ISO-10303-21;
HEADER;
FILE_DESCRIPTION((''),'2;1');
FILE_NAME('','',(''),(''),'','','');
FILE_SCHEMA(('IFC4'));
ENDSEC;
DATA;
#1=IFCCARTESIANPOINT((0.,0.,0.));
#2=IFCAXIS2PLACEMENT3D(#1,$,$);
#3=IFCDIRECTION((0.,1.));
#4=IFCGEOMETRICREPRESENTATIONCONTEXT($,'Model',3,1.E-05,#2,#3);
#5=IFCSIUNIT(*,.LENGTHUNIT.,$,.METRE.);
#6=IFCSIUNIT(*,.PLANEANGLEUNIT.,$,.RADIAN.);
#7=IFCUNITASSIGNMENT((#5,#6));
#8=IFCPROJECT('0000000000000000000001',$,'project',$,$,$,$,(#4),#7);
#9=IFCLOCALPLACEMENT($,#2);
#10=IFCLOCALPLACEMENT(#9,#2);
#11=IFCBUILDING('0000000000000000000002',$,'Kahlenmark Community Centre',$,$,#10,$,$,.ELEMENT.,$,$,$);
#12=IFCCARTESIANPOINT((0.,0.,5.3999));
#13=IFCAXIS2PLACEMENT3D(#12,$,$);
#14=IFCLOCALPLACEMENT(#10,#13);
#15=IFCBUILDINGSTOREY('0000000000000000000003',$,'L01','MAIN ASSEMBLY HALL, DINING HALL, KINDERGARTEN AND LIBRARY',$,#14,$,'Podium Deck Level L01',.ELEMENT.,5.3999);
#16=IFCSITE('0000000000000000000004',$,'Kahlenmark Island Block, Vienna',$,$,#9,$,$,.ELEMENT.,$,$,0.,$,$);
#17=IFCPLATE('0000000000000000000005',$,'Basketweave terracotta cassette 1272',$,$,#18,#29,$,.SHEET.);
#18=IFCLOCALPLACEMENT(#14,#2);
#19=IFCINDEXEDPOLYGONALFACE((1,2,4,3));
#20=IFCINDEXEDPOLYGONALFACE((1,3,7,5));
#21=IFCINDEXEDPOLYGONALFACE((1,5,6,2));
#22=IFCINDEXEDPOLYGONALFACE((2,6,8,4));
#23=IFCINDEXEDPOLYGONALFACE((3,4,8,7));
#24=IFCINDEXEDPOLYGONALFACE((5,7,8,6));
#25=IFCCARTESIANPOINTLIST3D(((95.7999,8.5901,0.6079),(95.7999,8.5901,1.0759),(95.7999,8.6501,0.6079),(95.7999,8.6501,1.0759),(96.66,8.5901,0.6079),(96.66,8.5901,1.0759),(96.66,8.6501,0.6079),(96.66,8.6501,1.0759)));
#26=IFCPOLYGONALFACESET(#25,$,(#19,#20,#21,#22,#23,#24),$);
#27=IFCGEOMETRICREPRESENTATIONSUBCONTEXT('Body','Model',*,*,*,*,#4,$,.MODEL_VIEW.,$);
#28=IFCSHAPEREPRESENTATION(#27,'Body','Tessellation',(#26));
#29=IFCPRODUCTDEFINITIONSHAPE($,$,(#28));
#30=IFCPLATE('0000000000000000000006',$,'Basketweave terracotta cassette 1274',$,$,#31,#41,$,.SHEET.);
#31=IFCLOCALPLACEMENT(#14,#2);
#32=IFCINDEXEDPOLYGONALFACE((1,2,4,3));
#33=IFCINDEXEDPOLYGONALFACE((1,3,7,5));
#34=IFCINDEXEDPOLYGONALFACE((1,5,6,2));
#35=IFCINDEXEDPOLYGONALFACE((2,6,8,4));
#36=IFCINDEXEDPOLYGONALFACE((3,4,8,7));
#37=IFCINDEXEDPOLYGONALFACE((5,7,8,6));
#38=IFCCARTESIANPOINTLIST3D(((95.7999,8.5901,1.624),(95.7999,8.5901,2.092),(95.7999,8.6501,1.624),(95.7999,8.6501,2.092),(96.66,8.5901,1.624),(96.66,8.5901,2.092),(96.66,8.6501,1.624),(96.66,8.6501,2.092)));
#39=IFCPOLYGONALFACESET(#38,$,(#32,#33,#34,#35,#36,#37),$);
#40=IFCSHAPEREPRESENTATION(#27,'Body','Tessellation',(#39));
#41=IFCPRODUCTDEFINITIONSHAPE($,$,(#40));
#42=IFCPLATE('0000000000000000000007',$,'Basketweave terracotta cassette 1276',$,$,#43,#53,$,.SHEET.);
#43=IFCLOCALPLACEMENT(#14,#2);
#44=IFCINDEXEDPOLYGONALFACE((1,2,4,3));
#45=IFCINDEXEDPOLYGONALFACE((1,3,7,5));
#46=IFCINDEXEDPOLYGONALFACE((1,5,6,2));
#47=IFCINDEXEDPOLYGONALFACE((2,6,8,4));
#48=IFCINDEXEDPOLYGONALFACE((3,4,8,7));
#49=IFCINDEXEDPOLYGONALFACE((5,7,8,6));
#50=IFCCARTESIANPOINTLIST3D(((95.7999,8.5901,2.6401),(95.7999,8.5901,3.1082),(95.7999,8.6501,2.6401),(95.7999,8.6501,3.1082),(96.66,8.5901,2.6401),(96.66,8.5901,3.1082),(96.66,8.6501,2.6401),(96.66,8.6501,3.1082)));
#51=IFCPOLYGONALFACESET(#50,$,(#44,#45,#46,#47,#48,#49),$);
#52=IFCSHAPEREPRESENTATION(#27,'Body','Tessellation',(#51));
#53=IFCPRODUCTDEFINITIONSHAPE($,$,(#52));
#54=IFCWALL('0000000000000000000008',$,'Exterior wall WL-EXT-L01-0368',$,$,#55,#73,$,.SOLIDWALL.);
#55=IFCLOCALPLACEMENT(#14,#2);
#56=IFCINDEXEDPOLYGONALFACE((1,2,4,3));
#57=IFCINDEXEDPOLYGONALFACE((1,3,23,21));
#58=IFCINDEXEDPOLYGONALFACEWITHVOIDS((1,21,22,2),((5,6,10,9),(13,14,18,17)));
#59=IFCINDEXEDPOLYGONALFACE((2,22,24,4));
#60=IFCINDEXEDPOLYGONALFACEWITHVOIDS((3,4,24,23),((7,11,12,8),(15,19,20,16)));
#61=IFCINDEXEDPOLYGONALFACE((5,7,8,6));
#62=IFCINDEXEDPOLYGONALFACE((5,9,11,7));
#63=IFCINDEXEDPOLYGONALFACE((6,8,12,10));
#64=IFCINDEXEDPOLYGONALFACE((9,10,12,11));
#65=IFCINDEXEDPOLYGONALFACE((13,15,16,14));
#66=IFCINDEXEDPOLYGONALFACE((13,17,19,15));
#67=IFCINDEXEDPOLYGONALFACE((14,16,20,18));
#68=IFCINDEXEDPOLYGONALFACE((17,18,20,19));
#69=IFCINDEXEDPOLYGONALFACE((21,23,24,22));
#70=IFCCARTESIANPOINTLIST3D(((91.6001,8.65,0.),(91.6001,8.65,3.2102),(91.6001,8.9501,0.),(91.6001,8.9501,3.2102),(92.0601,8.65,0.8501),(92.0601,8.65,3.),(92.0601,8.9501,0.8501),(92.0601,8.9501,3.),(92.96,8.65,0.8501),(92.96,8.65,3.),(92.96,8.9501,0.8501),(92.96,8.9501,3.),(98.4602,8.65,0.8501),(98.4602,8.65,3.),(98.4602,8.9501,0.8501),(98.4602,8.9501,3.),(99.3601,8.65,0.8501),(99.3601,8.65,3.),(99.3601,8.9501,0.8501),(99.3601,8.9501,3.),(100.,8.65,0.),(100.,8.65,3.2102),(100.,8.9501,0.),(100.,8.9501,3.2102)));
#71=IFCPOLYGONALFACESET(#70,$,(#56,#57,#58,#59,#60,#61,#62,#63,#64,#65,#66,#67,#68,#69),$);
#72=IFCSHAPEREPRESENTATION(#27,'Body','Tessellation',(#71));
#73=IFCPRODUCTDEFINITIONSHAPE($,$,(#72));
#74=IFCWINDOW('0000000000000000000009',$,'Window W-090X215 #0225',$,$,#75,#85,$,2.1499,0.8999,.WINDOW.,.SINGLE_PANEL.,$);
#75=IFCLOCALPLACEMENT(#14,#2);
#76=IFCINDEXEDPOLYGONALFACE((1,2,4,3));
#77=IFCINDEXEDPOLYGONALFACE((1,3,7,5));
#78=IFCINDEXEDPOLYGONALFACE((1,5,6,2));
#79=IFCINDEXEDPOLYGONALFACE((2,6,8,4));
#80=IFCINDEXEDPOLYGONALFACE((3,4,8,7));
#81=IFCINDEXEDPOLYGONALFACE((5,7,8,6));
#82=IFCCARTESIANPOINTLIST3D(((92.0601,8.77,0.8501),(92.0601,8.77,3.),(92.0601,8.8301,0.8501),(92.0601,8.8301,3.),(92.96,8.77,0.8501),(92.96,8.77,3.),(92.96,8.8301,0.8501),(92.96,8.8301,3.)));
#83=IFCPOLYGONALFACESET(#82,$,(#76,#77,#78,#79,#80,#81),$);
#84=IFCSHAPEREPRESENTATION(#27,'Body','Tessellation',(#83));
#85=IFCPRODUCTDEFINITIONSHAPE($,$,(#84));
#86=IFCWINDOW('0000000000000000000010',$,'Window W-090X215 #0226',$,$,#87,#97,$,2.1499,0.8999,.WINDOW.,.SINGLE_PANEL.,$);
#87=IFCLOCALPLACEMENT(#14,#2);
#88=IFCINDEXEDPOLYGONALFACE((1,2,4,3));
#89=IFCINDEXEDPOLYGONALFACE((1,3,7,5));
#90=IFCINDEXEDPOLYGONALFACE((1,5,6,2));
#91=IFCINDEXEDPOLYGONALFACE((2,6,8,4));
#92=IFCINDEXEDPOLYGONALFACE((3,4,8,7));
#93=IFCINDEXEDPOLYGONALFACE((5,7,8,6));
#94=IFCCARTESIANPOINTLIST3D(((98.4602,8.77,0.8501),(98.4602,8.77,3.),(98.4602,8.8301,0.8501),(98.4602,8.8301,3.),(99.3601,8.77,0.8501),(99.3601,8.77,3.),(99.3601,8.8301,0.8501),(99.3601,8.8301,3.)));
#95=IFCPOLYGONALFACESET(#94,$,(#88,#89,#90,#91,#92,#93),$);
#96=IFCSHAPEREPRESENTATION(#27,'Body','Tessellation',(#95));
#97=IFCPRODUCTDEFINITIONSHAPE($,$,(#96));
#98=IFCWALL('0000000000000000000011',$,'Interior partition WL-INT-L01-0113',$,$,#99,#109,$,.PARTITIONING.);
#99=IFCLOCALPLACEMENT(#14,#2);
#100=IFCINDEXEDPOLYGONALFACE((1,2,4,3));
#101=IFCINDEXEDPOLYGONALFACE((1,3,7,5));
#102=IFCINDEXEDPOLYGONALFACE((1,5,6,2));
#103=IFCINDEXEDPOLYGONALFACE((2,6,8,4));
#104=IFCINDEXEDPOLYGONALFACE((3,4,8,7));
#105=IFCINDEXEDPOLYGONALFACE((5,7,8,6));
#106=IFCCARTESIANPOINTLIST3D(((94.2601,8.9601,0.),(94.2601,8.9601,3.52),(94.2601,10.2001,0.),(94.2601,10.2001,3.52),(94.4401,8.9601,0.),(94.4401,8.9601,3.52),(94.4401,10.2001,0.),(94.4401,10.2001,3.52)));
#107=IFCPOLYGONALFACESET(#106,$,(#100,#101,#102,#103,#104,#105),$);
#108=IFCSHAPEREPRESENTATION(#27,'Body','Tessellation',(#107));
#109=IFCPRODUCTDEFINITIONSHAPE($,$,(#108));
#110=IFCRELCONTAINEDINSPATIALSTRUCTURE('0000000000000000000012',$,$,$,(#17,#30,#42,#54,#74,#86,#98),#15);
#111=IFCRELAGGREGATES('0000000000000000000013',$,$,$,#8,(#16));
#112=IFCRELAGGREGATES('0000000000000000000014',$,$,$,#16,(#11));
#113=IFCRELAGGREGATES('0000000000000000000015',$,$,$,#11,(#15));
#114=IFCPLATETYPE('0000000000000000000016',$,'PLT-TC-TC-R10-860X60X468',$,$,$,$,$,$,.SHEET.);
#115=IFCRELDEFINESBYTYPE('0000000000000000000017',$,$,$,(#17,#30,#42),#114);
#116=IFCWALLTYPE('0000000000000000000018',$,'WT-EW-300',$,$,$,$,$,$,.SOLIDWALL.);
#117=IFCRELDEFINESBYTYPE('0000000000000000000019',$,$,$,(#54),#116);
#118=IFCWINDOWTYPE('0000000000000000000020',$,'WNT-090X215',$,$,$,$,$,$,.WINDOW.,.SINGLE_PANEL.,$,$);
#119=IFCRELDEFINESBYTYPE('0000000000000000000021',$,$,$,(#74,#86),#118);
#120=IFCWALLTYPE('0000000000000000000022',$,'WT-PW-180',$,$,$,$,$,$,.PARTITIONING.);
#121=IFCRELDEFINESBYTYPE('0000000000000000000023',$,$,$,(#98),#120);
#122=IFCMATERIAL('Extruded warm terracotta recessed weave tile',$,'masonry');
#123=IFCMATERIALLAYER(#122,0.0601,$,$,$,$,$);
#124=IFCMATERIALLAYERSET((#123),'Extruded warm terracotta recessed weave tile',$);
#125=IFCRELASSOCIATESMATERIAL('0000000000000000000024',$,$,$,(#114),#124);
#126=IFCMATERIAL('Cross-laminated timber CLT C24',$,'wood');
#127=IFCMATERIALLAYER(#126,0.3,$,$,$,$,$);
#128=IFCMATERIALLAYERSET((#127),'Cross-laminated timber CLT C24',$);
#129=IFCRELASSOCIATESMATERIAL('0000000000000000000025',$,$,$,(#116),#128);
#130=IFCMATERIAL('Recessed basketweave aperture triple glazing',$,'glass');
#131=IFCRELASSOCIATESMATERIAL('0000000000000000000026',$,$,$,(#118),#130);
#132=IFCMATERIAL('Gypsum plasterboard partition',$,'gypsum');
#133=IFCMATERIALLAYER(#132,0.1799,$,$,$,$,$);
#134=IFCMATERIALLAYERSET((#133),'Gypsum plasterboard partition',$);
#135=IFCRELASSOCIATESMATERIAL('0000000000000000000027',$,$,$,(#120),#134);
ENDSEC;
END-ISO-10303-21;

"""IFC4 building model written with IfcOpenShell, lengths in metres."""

from ifc_helpers import new_model, si_unit, direction, frame, frame_2d, origin, origin_2d, place, context, subcontext, project, spatial, rectangle, extrude, material, layer, layer_set, type_object, element, fill, save


model = new_model("IFC4")

# Units and contexts
model_context = context("Model", 3, precision=1e-05, world=origin(), true_north=direction((0.0, 1.0)))
body_context = subcontext(model_context, "Body", "Model", "MODEL_VIEW")
ifc_project = project(units=[si_unit("LENGTHUNIT", "METRE"), si_unit("PLANEANGLEUNIT", "RADIAN")], contexts=[model_context])

# Site, building, storey
site_placement = place(None, origin())
site = spatial("IfcSite", under=ifc_project, at=site_placement, Name="Kahlenmark Island Block, Vienna", CompositionType="ELEMENT", RefElevation=0.0)
building_placement = place(site_placement, origin())
building = spatial("IfcBuilding", under=site, at=building_placement, Name="Kahlenmark Community Centre", CompositionType="ELEMENT")
storey_placement = place(building_placement, frame((0.0, 0.0, 5.3999)))
storey = spatial("IfcBuildingStorey", under=building, at=storey_placement, Name="L01", Description="MAIN ASSEMBLY HALL, DINING HALL, KINDERGARTEN AND LIBRARY", LongName="Podium Deck Level L01", CompositionType="ELEMENT", Elevation=5.3999)

# Plates
ifc_material_1 = material(Name="Extruded warm terracotta recessed weave tile", Category="masonry")
ifc_layer_1 = layer(ifc_material_1, 0.0601)
ifc_layer_set_1 = layer_set([ifc_layer_1], Name="Extruded warm terracotta recessed weave tile")
plate_type_1 = type_object("IfcPlateType", Name="PLT-TC-TC-R10-860X60X468", PredefinedType="SHEET", material=ifc_layer_set_1)
for number, where, z_axis, x_axis, name in (
    (1, (96.23, 8.6201, 0.6079), (0.0, 0.0, 1.0), (1.0, 0.0, 0.0), "Basketweave terracotta cassette 1272"),
    (2, (96.23, 8.6201, 1.624), (0.0, 0.0, 1.0), (1.0, 0.0, 0.0), "Basketweave terracotta cassette 1274"),
    (3, (96.23, 8.6201, 2.6401), (0.0, 0.0, 1.0), (1.0, 0.0, 0.0), "Basketweave terracotta cassette 1276"),
):
    element("IfcPlate", number, at=place(storey_placement, frame(where, z_axis=z_axis, x_axis=x_axis)), inside=storey, type_object=plate_type_1, Name=name, PredefinedType="SHEET", context=body_context, shape_type="SweptSolid", body=[
        extrude(rectangle(XDim=0.8601, YDim=0.0601, at=origin_2d()), origin(), (0.0, 0.0, 1.0), 0.468),
    ])

# Wall, openings, windows
ifc_material_2 = material(Name="Cross-laminated timber CLT C24", Category="wood")
ifc_layer_2 = layer(ifc_material_2, 0.3)
ifc_layer_set_2 = layer_set([ifc_layer_2], Name="Cross-laminated timber CLT C24")
wall_type_1 = type_object("IfcWallType", Name="WT-EW-300", PredefinedType="SOLIDWALL", material=ifc_layer_set_2)
wall_1_placement = place(storey_placement, frame((91.6001, 8.8, 0.0), z_axis=(0.0, 0.0, 1.0), x_axis=(1.0, 0.0, 0.0)))
wall_1 = element("IfcWall", 4, at=wall_1_placement, inside=storey, type_object=wall_type_1, Name="Exterior wall WL-EXT-L01-0368", PredefinedType="SOLIDWALL", context=body_context, shape_type="SweptSolid", body=[
    extrude(rectangle(XDim=8.3999, YDim=0.3, at=frame_2d((4.2, 0.0))), origin(), (0.0, 0.0, 1.0), 3.2102),
])
opening_1_placement = place(wall_1_placement, frame((0.46, 0.0, 0.8501)))
opening_1 = element("IfcOpeningElement", 5, at=opening_1_placement, cuts=wall_1, PredefinedType="OPENING", context=body_context, shape_type="SweptSolid", body=[
    extrude(rectangle(XDim=0.8999, YDim=2.1499, at=frame_2d((0.45, 1.075))), frame((0.0, 0.1599, 0.0), z_axis=(0.0, -1.0, 0.0), x_axis=(1.0, 0.0, 0.0)), (0.0, 0.0, 1.0), 0.3201),
])
opening_2_placement = place(wall_1_placement, frame((6.8601, 0.0, 0.8501)))
opening_2 = element("IfcOpeningElement", 6, at=opening_2_placement, cuts=wall_1, PredefinedType="OPENING", context=body_context, shape_type="SweptSolid", body=[
    extrude(rectangle(XDim=0.8999, YDim=2.1499, at=frame_2d((0.45, 1.075))), frame((0.0, 0.1599, 0.0), z_axis=(0.0, -1.0, 0.0), x_axis=(1.0, 0.0, 0.0)), (0.0, 0.0, 1.0), 0.3201),
])
ifc_material_3 = material(Name="Recessed basketweave aperture triple glazing", Category="glass")
window_type = type_object("IfcWindowType", Name="WNT-090X215", PartitioningType="SINGLE_PANEL", PredefinedType="WINDOW", material=ifc_material_3)
window_1_placement = place(opening_1_placement, origin())
window_1 = element("IfcWindow", 7, at=window_1_placement, inside=storey, type_object=window_type, Name="Window W-090X215 #0225", OverallHeight=2.1499, OverallWidth=0.8999, PartitioningType="SINGLE_PANEL", PredefinedType="WINDOW", context=body_context, shape_type="SweptSolid", body=[
    extrude(rectangle(XDim=0.8999, YDim=2.1499, at=frame_2d((0.45, 1.075))), frame((0.0, 0.03, 0.0), z_axis=(0.0, -1.0, 0.0), x_axis=(1.0, 0.0, 0.0)), (0.0, 0.0, 1.0), 0.0601),
])
fill(opening_1, window_1)
window_2_placement = place(opening_2_placement, origin())
window_2 = element("IfcWindow", 8, at=window_2_placement, inside=storey, type_object=window_type, Name="Window W-090X215 #0226", OverallHeight=2.1499, OverallWidth=0.8999, PartitioningType="SINGLE_PANEL", PredefinedType="WINDOW", context=body_context, shape_type="SweptSolid", body=[
    extrude(rectangle(XDim=0.8999, YDim=2.1499, at=frame_2d((0.45, 1.075))), frame((0.0, 0.03, 0.0), z_axis=(0.0, -1.0, 0.0), x_axis=(1.0, 0.0, 0.0)), (0.0, 0.0, 1.0), 0.0601),
])
fill(opening_2, window_2)

# Wall
ifc_material_4 = material(Name="Gypsum plasterboard partition", Category="gypsum")
ifc_layer_3 = layer(ifc_material_4, 0.1799)
ifc_layer_set_3 = layer_set([ifc_layer_3], Name="Gypsum plasterboard partition")
wall_type_2 = type_object("IfcWallType", Name="WT-PW-180", PredefinedType="PARTITIONING", material=ifc_layer_set_3)
wall_2_placement = place(storey_placement, frame((94.3501, 8.96, 0.0), z_axis=(0.0, 0.0, 1.0), x_axis=(0.0, 1.0, 0.0)))
element("IfcWall", 9, at=wall_2_placement, inside=storey, type_object=wall_type_2, Name="Interior partition WL-INT-L01-0113", PredefinedType="PARTITIONING", context=body_context, shape_type="SweptSolid", body=[
    extrude(rectangle(XDim=1.24, YDim=0.1799, at=frame_2d((0.6201, 0.0))), origin(), (0.0, 0.0, 1.0), 3.52),
])

save(model, "model.ifc")
